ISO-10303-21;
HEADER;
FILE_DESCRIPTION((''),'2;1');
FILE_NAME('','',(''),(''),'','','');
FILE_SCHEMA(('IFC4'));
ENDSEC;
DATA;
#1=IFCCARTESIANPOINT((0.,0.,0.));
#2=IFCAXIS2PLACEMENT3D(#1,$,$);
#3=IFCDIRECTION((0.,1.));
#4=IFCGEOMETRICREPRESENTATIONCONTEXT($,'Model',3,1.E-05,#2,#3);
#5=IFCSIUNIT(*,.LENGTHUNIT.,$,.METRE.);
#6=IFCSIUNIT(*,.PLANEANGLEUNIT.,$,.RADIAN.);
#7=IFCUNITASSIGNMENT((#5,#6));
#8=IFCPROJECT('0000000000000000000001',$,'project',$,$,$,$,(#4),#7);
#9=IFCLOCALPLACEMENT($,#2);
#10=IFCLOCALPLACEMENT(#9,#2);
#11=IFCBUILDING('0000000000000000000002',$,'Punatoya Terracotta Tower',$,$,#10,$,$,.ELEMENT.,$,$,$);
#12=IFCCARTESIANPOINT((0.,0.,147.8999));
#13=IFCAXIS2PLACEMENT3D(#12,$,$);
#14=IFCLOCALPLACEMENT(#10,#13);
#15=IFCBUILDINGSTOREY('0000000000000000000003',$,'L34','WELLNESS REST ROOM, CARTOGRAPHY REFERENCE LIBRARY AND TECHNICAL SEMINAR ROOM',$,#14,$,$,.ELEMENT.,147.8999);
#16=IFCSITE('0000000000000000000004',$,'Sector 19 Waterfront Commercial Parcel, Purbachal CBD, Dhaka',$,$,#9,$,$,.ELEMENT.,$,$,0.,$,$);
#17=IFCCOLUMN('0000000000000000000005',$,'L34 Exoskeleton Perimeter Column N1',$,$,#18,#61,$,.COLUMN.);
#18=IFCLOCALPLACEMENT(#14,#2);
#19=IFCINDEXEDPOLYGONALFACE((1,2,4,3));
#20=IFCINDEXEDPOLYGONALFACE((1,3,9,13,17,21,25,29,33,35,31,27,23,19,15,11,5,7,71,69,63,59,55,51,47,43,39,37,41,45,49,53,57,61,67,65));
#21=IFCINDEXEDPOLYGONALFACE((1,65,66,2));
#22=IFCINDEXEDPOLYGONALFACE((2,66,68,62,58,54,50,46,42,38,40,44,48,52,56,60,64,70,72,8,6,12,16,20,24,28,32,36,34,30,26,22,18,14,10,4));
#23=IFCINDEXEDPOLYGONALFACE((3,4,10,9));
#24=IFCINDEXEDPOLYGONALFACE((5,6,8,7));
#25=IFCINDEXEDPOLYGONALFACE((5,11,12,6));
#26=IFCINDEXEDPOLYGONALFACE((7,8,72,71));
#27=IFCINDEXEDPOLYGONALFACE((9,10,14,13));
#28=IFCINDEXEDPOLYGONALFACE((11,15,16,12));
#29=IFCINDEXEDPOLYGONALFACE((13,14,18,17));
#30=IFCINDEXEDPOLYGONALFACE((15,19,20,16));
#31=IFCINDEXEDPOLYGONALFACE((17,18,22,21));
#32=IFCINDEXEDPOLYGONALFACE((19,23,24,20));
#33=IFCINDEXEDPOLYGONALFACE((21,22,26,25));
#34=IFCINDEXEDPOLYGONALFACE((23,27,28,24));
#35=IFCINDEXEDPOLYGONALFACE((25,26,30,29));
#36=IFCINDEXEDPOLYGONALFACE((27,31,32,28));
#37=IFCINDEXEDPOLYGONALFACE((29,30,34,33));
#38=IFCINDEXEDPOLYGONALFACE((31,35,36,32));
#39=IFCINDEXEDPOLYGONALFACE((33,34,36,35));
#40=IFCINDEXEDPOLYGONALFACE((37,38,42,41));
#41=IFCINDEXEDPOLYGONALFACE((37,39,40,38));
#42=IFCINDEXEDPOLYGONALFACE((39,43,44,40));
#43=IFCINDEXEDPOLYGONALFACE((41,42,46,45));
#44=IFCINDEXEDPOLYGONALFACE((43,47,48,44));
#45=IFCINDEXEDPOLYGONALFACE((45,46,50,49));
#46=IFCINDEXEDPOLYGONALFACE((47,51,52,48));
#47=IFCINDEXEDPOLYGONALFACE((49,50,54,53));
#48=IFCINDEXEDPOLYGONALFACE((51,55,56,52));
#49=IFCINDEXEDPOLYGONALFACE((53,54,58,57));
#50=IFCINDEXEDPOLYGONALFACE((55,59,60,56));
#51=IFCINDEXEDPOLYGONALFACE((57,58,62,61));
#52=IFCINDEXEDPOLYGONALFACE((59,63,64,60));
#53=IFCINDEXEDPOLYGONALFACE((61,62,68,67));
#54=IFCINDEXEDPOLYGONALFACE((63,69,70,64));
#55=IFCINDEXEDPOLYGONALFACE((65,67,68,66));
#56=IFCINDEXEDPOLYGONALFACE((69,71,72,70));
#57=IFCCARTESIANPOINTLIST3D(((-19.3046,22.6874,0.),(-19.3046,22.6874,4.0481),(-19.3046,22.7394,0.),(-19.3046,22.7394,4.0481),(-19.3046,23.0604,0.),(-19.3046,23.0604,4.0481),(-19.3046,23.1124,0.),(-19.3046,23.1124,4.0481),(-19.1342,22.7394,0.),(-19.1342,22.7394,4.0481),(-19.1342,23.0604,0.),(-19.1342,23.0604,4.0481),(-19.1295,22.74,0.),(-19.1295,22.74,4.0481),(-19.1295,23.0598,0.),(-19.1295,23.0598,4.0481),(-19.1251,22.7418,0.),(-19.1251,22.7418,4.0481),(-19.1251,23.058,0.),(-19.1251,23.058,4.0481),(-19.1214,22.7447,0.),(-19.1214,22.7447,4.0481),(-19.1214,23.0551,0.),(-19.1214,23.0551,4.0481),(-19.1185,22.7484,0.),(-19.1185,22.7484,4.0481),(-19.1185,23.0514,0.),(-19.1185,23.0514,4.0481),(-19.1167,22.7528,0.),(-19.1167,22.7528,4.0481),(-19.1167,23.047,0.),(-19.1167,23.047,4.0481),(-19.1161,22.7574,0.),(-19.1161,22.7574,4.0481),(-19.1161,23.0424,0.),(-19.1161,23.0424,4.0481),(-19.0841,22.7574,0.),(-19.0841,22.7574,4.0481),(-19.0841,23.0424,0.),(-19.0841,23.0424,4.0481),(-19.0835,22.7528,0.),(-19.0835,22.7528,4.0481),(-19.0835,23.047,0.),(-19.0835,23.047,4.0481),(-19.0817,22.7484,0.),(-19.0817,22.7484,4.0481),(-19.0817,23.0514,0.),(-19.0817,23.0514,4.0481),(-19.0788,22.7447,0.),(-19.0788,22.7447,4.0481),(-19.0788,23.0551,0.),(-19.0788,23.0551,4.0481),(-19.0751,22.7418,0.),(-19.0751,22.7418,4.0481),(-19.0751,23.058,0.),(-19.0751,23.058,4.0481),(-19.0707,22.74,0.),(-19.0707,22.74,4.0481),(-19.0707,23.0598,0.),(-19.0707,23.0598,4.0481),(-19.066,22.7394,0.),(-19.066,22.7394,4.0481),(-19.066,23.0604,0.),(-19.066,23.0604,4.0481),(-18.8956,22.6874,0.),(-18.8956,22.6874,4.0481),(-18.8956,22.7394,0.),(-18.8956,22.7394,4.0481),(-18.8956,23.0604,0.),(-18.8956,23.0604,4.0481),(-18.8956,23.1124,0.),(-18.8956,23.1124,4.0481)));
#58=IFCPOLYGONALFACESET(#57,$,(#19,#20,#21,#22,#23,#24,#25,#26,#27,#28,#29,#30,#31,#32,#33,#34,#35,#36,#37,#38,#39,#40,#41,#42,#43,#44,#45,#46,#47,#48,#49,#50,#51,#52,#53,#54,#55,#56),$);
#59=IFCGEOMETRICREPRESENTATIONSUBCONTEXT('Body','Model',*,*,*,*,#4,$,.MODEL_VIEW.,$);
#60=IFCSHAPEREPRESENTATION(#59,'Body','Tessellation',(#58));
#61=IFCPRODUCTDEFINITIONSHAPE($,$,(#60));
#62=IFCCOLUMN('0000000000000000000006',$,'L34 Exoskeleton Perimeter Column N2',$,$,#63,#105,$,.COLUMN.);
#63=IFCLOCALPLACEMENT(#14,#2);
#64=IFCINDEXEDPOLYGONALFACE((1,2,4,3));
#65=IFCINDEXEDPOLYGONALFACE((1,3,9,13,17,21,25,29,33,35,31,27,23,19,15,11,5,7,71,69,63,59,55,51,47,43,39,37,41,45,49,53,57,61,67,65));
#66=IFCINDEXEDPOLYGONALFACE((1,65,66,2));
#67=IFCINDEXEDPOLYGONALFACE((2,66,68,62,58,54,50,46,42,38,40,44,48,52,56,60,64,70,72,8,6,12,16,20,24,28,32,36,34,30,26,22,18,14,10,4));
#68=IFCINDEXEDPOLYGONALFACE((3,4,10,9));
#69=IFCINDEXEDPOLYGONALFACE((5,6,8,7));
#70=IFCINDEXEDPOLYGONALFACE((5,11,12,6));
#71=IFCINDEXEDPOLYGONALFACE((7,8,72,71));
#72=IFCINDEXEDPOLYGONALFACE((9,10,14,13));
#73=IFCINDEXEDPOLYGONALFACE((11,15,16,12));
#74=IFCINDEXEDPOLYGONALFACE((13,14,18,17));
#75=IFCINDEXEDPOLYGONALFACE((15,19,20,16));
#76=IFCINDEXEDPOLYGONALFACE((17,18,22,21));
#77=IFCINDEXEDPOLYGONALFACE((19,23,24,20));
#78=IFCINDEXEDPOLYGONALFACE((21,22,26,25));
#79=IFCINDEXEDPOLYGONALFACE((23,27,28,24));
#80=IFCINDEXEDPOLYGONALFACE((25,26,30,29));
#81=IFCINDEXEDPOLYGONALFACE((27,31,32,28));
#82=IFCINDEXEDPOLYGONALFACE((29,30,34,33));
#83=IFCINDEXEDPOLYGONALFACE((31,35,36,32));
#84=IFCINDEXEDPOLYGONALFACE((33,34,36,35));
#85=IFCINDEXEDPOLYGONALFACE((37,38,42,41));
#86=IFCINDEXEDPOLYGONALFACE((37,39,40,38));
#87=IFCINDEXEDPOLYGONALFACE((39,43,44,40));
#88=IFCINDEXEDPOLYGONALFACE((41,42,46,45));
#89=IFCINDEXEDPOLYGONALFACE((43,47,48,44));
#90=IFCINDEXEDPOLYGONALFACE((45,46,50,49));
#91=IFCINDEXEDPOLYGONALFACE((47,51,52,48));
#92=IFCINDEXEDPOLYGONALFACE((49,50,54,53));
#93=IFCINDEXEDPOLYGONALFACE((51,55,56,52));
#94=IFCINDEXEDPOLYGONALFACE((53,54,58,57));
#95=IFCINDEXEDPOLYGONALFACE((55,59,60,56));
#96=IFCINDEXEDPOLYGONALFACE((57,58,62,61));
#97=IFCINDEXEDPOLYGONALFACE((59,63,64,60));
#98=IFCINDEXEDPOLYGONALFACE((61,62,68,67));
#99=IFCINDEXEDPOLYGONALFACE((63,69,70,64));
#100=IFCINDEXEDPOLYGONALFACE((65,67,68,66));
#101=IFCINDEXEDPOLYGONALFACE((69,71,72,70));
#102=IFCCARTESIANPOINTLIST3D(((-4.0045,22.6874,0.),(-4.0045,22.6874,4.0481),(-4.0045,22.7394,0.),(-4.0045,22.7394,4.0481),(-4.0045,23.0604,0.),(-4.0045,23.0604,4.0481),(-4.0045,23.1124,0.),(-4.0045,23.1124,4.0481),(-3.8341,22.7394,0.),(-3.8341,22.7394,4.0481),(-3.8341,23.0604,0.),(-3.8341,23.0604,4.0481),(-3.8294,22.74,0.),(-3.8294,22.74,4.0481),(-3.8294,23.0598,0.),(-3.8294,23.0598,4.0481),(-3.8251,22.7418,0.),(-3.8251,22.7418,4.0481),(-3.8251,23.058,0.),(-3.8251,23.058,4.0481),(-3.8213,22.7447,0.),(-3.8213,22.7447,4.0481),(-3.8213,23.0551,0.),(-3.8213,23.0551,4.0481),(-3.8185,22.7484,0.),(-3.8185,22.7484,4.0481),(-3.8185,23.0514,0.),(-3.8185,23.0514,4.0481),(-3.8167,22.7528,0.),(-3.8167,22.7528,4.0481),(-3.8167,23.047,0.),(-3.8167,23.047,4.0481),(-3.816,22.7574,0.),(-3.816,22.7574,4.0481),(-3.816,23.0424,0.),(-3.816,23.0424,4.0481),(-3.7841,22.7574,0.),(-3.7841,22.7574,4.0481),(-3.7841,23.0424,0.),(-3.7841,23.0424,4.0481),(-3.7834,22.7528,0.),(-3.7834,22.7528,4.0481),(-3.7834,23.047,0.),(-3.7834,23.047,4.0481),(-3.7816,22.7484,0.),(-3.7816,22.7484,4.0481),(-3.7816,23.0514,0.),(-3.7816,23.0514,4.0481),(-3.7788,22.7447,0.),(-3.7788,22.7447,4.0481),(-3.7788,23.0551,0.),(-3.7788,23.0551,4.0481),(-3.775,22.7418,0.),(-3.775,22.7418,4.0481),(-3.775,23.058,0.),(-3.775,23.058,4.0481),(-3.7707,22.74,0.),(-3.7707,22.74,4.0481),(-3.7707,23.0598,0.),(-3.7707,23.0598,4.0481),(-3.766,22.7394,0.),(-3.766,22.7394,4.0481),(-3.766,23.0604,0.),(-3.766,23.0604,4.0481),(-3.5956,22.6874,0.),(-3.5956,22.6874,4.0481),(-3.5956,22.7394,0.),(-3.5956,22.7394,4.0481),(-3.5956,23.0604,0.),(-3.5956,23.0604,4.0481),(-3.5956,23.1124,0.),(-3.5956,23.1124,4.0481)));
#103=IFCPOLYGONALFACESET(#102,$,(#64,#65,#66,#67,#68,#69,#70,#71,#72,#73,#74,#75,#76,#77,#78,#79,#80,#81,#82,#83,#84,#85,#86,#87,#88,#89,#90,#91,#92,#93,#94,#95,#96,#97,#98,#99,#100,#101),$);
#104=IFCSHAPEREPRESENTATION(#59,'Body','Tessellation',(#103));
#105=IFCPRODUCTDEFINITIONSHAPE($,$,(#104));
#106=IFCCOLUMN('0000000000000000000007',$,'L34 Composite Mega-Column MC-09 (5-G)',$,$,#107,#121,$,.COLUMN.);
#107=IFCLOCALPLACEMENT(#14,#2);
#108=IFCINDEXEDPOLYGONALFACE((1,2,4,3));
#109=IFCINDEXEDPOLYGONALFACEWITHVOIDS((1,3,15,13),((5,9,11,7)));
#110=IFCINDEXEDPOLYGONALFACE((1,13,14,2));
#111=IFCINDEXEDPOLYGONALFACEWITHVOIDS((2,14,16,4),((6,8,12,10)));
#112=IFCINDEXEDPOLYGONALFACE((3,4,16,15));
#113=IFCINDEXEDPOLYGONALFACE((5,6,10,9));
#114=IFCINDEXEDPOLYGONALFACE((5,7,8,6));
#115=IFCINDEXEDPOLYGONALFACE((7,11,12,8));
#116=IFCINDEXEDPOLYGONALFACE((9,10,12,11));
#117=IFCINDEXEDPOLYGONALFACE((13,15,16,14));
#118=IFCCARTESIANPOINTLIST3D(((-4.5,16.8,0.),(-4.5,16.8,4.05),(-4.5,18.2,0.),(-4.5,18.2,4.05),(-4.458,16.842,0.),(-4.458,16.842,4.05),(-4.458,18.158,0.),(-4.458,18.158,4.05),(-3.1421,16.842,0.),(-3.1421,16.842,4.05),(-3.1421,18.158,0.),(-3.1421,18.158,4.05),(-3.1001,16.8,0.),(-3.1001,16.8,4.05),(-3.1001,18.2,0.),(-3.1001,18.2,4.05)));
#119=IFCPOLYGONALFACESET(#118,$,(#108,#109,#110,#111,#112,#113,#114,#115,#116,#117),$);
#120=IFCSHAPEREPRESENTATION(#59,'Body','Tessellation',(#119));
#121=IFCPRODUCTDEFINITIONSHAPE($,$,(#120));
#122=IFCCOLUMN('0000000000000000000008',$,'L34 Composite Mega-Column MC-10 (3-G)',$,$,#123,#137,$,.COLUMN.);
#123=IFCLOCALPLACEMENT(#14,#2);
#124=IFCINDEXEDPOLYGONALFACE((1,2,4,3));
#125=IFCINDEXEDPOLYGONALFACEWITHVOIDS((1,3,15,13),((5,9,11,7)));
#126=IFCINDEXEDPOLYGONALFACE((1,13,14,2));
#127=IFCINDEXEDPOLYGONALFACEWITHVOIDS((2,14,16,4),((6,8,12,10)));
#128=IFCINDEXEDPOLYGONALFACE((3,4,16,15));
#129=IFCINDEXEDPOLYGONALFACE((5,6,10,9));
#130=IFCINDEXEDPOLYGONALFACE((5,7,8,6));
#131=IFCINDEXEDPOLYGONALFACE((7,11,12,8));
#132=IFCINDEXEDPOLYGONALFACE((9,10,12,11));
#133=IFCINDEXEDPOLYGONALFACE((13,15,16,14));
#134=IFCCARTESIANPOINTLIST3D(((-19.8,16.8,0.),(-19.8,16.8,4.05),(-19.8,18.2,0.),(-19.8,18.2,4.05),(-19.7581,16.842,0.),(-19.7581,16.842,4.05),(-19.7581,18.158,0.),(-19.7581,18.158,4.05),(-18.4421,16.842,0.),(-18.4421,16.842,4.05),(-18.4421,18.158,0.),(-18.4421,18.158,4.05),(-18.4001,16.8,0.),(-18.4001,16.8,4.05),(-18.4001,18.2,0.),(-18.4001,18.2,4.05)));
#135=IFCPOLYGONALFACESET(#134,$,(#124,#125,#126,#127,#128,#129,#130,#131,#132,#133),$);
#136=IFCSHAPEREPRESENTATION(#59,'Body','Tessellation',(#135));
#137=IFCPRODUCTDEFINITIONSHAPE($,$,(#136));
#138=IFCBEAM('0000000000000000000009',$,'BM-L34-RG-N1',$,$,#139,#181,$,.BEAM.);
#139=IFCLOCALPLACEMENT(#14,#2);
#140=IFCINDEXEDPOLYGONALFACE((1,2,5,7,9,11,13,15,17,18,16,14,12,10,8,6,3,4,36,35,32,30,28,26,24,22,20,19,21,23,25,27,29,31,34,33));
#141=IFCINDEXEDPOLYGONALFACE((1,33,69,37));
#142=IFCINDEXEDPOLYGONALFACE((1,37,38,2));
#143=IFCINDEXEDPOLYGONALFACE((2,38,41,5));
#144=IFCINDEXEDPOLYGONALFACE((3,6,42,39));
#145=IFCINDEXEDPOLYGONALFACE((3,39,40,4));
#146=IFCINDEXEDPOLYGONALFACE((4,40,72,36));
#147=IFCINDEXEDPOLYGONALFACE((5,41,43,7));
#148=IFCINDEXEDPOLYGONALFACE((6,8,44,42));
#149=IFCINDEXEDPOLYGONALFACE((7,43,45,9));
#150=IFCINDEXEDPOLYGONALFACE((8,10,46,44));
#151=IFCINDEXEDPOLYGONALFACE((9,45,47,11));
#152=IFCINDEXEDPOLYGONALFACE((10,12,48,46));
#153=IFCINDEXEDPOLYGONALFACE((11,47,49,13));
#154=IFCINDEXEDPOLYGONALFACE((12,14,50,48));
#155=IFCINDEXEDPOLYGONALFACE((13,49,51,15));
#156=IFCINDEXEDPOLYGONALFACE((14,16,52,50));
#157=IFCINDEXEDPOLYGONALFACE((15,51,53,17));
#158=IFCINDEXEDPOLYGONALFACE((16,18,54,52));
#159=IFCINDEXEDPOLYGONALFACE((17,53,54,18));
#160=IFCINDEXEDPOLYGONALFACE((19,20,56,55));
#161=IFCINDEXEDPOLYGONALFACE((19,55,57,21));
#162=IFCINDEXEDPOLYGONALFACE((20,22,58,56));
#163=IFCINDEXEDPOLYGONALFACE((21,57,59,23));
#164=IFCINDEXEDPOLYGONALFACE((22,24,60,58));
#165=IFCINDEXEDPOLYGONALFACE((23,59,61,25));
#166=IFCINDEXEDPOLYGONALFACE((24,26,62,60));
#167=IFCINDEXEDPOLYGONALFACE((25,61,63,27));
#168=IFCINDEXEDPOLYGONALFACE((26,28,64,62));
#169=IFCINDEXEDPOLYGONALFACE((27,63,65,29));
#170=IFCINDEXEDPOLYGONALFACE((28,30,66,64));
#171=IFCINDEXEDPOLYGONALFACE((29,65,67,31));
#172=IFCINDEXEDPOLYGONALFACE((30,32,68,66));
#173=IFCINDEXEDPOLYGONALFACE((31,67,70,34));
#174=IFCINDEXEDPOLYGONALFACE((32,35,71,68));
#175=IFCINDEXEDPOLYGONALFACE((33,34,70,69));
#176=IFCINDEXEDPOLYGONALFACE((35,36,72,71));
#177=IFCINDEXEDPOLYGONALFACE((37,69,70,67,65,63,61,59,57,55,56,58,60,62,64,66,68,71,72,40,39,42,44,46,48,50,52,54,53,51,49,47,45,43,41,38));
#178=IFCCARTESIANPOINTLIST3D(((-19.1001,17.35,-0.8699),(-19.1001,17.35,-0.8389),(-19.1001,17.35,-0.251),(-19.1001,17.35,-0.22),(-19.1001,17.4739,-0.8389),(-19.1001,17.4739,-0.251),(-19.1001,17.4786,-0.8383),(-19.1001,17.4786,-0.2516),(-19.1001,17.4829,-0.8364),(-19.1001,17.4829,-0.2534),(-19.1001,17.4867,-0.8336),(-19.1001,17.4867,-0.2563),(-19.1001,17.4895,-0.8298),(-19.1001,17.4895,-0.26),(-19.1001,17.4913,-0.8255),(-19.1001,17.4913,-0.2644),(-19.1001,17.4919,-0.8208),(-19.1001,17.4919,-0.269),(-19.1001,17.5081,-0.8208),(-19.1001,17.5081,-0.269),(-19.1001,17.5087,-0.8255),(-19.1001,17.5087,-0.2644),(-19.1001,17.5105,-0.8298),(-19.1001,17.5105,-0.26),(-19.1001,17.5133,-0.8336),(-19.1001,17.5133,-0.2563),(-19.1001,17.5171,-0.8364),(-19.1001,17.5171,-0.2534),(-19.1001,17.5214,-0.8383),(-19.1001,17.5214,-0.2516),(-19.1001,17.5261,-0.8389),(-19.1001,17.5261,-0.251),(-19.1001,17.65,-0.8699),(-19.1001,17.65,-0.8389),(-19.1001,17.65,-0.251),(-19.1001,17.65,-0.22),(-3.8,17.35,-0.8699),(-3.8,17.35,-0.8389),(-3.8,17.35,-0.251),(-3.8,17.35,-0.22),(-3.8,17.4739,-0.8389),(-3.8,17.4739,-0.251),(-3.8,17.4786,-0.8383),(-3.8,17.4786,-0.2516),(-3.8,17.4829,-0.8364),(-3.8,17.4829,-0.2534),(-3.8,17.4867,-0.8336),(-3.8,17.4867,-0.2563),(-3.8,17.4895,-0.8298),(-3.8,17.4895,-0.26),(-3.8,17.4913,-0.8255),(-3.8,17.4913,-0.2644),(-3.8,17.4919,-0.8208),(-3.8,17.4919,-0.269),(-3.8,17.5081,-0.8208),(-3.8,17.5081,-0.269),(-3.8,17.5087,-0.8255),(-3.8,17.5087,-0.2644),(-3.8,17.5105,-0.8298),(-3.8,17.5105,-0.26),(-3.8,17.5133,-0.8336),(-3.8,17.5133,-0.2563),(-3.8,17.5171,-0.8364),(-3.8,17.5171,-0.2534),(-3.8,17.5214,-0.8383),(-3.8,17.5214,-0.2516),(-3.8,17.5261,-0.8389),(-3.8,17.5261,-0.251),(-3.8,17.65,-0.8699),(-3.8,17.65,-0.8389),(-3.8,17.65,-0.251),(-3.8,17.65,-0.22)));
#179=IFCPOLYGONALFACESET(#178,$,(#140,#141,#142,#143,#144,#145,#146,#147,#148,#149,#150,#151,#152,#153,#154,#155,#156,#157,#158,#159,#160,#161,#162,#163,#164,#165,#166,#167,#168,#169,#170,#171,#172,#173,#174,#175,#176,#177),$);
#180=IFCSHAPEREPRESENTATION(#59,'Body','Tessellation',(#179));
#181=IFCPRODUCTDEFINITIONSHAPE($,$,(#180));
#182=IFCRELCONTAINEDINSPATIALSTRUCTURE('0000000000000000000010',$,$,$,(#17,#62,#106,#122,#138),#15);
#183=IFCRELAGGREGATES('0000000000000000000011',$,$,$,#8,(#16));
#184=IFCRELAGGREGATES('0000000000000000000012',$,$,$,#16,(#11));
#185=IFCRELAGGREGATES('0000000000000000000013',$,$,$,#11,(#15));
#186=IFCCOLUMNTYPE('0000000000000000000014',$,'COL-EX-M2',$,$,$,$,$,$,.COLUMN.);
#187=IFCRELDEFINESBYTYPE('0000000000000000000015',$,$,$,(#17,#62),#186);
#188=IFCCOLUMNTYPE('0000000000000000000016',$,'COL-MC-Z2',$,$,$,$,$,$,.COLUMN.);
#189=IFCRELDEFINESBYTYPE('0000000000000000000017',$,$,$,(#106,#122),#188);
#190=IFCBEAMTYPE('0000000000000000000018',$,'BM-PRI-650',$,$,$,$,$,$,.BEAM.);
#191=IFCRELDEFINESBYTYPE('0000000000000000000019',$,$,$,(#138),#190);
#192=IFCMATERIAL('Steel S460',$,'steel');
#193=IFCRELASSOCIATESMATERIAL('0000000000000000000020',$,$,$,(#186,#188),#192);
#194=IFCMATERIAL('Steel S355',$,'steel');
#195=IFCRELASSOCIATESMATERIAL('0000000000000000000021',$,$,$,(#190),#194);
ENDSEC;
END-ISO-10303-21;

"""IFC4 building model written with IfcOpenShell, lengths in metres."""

from ifc_helpers import new_model, si_unit, direction, frame, origin, origin_2d, place, context, subcontext, project, spatial, hollow_rectangle, i_section, extrude, material, material_profile, profile_set, type_object, element, save


model = new_model("IFC4")

# Units and contexts
model_context = context("Model", 3, precision=1e-05, world=origin(), true_north=direction((0.0, 1.0)))
body_context = subcontext(model_context, "Body", "Model", "MODEL_VIEW")
ifc_project = project(units=[si_unit("LENGTHUNIT", "METRE"), si_unit("PLANEANGLEUNIT", "RADIAN")], contexts=[model_context])

# Site, building, storey
site_placement = place(None, origin())
site = spatial("IfcSite", under=ifc_project, at=site_placement, Name="Sector 19 Waterfront Commercial Parcel, Purbachal CBD, Dhaka", CompositionType="ELEMENT", RefElevation=0.0)
building_placement = place(site_placement, origin())
building = spatial("IfcBuilding", under=site, at=building_placement, Name="Punatoya Terracotta Tower", CompositionType="ELEMENT")
storey_placement = place(building_placement, frame((0.0, 0.0, 147.8999)))
storey = spatial("IfcBuildingStorey", under=building, at=storey_placement, Name="L34", Description="WELLNESS REST ROOM, CARTOGRAPHY REFERENCE LIBRARY AND TECHNICAL SEMINAR ROOM", CompositionType="ELEMENT", Elevation=147.8999)

# Columns
ifc_material_1 = material(Name="Steel S460", Category="steel")
ifc_material_profile_1 = material_profile(ifc_material_1, i_section(OverallWidth=0.4089, OverallDepth=0.425, WebThickness=0.032, FlangeThickness=0.052, FilletRadius=0.0181, at=origin_2d()))
ifc_profile_set_1 = profile_set([ifc_material_profile_1], Name="Steel S460")
column_type_1 = type_object("IfcColumnType", Name="COL-EX-M2", PredefinedType="COLUMN", material=ifc_profile_set_1)
for number, where, z_axis, x_axis, name in (
    (1, (-19.1001, 22.8999, 0.0), (0.0, 0.0, 1.0), (1.0, 0.0, 0.0), "L34 Exoskeleton Perimeter Column N1"),
    (2, (-3.8, 22.8999, 0.0), (0.0, 0.0, 1.0), (1.0, 0.0, 0.0), "L34 Exoskeleton Perimeter Column N2"),
):
    element("IfcColumn", number, at=place(storey_placement, frame(where, z_axis=z_axis, x_axis=x_axis)), inside=storey, type_object=column_type_1, Name=name, PredefinedType="COLUMN", context=body_context, shape_type="SweptSolid", body=[
        extrude(i_section(OverallWidth=0.4089, OverallDepth=0.425, WebThickness=0.032, FlangeThickness=0.052, FilletRadius=0.0181, at=origin_2d()), origin(), (0.0, 0.0, 1.0), 4.0481),
    ])
ifc_material_profile_2 = material_profile(ifc_material_1, hollow_rectangle(XDim=1.3999, YDim=1.3999, WallThickness=0.042, at=origin_2d()))
ifc_profile_set_2 = profile_set([ifc_material_profile_2], Name="Steel S460")
column_type_2 = type_object("IfcColumnType", Name="COL-MC-Z2", PredefinedType="COLUMN", material=ifc_profile_set_2)
for number, where, z_axis, x_axis, name in (
    (3, (-3.8, 17.5, 0.0), (0.0, 0.0, 1.0), (1.0, 0.0, 0.0), "L34 Composite Mega-Column MC-09 (5-G)"),
    (4, (-19.1001, 17.5, 0.0), (0.0, 0.0, 1.0), (1.0, 0.0, 0.0), "L34 Composite Mega-Column MC-10 (3-G)"),
):
    element("IfcColumn", number, at=place(storey_placement, frame(where, z_axis=z_axis, x_axis=x_axis)), inside=storey, type_object=column_type_2, Name=name, PredefinedType="COLUMN", context=body_context, shape_type="SweptSolid", body=[
        extrude(hollow_rectangle(XDim=1.3999, YDim=1.3999, WallThickness=0.042, at=origin_2d()), origin(), (0.0, 0.0, 1.0), 4.05),
    ])

# Beam
ifc_material_2 = material(Name="Steel S355", Category="steel")
ifc_material_profile_3 = material_profile(ifc_material_2, i_section(OverallWidth=0.3, OverallDepth=0.6499, WebThickness=0.0161, FlangeThickness=0.031, FilletRadius=0.0181, at=origin_2d()))
ifc_profile_set_3 = profile_set([ifc_material_profile_3], Name="Steel S355")
beam_type_1 = type_object("IfcBeamType", Name="BM-PRI-650", PredefinedType="BEAM", material=ifc_profile_set_3)
beam_1_placement = place(storey_placement, frame((-19.1001, 17.5, -0.5449), z_axis=(1.0, 0.0, 0.0), x_axis=(0.0, 1.0, 0.0)))
element("IfcBeam", 5, at=beam_1_placement, inside=storey, type_object=beam_type_1, Name="BM-L34-RG-N1", PredefinedType="BEAM", context=body_context, shape_type="SweptSolid", body=[
    extrude(i_section(OverallWidth=0.3, OverallDepth=0.6499, WebThickness=0.0161, FlangeThickness=0.031, FilletRadius=0.0181, at=origin_2d()), origin(), (0.0, 0.0, 1.0), 15.3),
])

save(model, "model.ifc")
